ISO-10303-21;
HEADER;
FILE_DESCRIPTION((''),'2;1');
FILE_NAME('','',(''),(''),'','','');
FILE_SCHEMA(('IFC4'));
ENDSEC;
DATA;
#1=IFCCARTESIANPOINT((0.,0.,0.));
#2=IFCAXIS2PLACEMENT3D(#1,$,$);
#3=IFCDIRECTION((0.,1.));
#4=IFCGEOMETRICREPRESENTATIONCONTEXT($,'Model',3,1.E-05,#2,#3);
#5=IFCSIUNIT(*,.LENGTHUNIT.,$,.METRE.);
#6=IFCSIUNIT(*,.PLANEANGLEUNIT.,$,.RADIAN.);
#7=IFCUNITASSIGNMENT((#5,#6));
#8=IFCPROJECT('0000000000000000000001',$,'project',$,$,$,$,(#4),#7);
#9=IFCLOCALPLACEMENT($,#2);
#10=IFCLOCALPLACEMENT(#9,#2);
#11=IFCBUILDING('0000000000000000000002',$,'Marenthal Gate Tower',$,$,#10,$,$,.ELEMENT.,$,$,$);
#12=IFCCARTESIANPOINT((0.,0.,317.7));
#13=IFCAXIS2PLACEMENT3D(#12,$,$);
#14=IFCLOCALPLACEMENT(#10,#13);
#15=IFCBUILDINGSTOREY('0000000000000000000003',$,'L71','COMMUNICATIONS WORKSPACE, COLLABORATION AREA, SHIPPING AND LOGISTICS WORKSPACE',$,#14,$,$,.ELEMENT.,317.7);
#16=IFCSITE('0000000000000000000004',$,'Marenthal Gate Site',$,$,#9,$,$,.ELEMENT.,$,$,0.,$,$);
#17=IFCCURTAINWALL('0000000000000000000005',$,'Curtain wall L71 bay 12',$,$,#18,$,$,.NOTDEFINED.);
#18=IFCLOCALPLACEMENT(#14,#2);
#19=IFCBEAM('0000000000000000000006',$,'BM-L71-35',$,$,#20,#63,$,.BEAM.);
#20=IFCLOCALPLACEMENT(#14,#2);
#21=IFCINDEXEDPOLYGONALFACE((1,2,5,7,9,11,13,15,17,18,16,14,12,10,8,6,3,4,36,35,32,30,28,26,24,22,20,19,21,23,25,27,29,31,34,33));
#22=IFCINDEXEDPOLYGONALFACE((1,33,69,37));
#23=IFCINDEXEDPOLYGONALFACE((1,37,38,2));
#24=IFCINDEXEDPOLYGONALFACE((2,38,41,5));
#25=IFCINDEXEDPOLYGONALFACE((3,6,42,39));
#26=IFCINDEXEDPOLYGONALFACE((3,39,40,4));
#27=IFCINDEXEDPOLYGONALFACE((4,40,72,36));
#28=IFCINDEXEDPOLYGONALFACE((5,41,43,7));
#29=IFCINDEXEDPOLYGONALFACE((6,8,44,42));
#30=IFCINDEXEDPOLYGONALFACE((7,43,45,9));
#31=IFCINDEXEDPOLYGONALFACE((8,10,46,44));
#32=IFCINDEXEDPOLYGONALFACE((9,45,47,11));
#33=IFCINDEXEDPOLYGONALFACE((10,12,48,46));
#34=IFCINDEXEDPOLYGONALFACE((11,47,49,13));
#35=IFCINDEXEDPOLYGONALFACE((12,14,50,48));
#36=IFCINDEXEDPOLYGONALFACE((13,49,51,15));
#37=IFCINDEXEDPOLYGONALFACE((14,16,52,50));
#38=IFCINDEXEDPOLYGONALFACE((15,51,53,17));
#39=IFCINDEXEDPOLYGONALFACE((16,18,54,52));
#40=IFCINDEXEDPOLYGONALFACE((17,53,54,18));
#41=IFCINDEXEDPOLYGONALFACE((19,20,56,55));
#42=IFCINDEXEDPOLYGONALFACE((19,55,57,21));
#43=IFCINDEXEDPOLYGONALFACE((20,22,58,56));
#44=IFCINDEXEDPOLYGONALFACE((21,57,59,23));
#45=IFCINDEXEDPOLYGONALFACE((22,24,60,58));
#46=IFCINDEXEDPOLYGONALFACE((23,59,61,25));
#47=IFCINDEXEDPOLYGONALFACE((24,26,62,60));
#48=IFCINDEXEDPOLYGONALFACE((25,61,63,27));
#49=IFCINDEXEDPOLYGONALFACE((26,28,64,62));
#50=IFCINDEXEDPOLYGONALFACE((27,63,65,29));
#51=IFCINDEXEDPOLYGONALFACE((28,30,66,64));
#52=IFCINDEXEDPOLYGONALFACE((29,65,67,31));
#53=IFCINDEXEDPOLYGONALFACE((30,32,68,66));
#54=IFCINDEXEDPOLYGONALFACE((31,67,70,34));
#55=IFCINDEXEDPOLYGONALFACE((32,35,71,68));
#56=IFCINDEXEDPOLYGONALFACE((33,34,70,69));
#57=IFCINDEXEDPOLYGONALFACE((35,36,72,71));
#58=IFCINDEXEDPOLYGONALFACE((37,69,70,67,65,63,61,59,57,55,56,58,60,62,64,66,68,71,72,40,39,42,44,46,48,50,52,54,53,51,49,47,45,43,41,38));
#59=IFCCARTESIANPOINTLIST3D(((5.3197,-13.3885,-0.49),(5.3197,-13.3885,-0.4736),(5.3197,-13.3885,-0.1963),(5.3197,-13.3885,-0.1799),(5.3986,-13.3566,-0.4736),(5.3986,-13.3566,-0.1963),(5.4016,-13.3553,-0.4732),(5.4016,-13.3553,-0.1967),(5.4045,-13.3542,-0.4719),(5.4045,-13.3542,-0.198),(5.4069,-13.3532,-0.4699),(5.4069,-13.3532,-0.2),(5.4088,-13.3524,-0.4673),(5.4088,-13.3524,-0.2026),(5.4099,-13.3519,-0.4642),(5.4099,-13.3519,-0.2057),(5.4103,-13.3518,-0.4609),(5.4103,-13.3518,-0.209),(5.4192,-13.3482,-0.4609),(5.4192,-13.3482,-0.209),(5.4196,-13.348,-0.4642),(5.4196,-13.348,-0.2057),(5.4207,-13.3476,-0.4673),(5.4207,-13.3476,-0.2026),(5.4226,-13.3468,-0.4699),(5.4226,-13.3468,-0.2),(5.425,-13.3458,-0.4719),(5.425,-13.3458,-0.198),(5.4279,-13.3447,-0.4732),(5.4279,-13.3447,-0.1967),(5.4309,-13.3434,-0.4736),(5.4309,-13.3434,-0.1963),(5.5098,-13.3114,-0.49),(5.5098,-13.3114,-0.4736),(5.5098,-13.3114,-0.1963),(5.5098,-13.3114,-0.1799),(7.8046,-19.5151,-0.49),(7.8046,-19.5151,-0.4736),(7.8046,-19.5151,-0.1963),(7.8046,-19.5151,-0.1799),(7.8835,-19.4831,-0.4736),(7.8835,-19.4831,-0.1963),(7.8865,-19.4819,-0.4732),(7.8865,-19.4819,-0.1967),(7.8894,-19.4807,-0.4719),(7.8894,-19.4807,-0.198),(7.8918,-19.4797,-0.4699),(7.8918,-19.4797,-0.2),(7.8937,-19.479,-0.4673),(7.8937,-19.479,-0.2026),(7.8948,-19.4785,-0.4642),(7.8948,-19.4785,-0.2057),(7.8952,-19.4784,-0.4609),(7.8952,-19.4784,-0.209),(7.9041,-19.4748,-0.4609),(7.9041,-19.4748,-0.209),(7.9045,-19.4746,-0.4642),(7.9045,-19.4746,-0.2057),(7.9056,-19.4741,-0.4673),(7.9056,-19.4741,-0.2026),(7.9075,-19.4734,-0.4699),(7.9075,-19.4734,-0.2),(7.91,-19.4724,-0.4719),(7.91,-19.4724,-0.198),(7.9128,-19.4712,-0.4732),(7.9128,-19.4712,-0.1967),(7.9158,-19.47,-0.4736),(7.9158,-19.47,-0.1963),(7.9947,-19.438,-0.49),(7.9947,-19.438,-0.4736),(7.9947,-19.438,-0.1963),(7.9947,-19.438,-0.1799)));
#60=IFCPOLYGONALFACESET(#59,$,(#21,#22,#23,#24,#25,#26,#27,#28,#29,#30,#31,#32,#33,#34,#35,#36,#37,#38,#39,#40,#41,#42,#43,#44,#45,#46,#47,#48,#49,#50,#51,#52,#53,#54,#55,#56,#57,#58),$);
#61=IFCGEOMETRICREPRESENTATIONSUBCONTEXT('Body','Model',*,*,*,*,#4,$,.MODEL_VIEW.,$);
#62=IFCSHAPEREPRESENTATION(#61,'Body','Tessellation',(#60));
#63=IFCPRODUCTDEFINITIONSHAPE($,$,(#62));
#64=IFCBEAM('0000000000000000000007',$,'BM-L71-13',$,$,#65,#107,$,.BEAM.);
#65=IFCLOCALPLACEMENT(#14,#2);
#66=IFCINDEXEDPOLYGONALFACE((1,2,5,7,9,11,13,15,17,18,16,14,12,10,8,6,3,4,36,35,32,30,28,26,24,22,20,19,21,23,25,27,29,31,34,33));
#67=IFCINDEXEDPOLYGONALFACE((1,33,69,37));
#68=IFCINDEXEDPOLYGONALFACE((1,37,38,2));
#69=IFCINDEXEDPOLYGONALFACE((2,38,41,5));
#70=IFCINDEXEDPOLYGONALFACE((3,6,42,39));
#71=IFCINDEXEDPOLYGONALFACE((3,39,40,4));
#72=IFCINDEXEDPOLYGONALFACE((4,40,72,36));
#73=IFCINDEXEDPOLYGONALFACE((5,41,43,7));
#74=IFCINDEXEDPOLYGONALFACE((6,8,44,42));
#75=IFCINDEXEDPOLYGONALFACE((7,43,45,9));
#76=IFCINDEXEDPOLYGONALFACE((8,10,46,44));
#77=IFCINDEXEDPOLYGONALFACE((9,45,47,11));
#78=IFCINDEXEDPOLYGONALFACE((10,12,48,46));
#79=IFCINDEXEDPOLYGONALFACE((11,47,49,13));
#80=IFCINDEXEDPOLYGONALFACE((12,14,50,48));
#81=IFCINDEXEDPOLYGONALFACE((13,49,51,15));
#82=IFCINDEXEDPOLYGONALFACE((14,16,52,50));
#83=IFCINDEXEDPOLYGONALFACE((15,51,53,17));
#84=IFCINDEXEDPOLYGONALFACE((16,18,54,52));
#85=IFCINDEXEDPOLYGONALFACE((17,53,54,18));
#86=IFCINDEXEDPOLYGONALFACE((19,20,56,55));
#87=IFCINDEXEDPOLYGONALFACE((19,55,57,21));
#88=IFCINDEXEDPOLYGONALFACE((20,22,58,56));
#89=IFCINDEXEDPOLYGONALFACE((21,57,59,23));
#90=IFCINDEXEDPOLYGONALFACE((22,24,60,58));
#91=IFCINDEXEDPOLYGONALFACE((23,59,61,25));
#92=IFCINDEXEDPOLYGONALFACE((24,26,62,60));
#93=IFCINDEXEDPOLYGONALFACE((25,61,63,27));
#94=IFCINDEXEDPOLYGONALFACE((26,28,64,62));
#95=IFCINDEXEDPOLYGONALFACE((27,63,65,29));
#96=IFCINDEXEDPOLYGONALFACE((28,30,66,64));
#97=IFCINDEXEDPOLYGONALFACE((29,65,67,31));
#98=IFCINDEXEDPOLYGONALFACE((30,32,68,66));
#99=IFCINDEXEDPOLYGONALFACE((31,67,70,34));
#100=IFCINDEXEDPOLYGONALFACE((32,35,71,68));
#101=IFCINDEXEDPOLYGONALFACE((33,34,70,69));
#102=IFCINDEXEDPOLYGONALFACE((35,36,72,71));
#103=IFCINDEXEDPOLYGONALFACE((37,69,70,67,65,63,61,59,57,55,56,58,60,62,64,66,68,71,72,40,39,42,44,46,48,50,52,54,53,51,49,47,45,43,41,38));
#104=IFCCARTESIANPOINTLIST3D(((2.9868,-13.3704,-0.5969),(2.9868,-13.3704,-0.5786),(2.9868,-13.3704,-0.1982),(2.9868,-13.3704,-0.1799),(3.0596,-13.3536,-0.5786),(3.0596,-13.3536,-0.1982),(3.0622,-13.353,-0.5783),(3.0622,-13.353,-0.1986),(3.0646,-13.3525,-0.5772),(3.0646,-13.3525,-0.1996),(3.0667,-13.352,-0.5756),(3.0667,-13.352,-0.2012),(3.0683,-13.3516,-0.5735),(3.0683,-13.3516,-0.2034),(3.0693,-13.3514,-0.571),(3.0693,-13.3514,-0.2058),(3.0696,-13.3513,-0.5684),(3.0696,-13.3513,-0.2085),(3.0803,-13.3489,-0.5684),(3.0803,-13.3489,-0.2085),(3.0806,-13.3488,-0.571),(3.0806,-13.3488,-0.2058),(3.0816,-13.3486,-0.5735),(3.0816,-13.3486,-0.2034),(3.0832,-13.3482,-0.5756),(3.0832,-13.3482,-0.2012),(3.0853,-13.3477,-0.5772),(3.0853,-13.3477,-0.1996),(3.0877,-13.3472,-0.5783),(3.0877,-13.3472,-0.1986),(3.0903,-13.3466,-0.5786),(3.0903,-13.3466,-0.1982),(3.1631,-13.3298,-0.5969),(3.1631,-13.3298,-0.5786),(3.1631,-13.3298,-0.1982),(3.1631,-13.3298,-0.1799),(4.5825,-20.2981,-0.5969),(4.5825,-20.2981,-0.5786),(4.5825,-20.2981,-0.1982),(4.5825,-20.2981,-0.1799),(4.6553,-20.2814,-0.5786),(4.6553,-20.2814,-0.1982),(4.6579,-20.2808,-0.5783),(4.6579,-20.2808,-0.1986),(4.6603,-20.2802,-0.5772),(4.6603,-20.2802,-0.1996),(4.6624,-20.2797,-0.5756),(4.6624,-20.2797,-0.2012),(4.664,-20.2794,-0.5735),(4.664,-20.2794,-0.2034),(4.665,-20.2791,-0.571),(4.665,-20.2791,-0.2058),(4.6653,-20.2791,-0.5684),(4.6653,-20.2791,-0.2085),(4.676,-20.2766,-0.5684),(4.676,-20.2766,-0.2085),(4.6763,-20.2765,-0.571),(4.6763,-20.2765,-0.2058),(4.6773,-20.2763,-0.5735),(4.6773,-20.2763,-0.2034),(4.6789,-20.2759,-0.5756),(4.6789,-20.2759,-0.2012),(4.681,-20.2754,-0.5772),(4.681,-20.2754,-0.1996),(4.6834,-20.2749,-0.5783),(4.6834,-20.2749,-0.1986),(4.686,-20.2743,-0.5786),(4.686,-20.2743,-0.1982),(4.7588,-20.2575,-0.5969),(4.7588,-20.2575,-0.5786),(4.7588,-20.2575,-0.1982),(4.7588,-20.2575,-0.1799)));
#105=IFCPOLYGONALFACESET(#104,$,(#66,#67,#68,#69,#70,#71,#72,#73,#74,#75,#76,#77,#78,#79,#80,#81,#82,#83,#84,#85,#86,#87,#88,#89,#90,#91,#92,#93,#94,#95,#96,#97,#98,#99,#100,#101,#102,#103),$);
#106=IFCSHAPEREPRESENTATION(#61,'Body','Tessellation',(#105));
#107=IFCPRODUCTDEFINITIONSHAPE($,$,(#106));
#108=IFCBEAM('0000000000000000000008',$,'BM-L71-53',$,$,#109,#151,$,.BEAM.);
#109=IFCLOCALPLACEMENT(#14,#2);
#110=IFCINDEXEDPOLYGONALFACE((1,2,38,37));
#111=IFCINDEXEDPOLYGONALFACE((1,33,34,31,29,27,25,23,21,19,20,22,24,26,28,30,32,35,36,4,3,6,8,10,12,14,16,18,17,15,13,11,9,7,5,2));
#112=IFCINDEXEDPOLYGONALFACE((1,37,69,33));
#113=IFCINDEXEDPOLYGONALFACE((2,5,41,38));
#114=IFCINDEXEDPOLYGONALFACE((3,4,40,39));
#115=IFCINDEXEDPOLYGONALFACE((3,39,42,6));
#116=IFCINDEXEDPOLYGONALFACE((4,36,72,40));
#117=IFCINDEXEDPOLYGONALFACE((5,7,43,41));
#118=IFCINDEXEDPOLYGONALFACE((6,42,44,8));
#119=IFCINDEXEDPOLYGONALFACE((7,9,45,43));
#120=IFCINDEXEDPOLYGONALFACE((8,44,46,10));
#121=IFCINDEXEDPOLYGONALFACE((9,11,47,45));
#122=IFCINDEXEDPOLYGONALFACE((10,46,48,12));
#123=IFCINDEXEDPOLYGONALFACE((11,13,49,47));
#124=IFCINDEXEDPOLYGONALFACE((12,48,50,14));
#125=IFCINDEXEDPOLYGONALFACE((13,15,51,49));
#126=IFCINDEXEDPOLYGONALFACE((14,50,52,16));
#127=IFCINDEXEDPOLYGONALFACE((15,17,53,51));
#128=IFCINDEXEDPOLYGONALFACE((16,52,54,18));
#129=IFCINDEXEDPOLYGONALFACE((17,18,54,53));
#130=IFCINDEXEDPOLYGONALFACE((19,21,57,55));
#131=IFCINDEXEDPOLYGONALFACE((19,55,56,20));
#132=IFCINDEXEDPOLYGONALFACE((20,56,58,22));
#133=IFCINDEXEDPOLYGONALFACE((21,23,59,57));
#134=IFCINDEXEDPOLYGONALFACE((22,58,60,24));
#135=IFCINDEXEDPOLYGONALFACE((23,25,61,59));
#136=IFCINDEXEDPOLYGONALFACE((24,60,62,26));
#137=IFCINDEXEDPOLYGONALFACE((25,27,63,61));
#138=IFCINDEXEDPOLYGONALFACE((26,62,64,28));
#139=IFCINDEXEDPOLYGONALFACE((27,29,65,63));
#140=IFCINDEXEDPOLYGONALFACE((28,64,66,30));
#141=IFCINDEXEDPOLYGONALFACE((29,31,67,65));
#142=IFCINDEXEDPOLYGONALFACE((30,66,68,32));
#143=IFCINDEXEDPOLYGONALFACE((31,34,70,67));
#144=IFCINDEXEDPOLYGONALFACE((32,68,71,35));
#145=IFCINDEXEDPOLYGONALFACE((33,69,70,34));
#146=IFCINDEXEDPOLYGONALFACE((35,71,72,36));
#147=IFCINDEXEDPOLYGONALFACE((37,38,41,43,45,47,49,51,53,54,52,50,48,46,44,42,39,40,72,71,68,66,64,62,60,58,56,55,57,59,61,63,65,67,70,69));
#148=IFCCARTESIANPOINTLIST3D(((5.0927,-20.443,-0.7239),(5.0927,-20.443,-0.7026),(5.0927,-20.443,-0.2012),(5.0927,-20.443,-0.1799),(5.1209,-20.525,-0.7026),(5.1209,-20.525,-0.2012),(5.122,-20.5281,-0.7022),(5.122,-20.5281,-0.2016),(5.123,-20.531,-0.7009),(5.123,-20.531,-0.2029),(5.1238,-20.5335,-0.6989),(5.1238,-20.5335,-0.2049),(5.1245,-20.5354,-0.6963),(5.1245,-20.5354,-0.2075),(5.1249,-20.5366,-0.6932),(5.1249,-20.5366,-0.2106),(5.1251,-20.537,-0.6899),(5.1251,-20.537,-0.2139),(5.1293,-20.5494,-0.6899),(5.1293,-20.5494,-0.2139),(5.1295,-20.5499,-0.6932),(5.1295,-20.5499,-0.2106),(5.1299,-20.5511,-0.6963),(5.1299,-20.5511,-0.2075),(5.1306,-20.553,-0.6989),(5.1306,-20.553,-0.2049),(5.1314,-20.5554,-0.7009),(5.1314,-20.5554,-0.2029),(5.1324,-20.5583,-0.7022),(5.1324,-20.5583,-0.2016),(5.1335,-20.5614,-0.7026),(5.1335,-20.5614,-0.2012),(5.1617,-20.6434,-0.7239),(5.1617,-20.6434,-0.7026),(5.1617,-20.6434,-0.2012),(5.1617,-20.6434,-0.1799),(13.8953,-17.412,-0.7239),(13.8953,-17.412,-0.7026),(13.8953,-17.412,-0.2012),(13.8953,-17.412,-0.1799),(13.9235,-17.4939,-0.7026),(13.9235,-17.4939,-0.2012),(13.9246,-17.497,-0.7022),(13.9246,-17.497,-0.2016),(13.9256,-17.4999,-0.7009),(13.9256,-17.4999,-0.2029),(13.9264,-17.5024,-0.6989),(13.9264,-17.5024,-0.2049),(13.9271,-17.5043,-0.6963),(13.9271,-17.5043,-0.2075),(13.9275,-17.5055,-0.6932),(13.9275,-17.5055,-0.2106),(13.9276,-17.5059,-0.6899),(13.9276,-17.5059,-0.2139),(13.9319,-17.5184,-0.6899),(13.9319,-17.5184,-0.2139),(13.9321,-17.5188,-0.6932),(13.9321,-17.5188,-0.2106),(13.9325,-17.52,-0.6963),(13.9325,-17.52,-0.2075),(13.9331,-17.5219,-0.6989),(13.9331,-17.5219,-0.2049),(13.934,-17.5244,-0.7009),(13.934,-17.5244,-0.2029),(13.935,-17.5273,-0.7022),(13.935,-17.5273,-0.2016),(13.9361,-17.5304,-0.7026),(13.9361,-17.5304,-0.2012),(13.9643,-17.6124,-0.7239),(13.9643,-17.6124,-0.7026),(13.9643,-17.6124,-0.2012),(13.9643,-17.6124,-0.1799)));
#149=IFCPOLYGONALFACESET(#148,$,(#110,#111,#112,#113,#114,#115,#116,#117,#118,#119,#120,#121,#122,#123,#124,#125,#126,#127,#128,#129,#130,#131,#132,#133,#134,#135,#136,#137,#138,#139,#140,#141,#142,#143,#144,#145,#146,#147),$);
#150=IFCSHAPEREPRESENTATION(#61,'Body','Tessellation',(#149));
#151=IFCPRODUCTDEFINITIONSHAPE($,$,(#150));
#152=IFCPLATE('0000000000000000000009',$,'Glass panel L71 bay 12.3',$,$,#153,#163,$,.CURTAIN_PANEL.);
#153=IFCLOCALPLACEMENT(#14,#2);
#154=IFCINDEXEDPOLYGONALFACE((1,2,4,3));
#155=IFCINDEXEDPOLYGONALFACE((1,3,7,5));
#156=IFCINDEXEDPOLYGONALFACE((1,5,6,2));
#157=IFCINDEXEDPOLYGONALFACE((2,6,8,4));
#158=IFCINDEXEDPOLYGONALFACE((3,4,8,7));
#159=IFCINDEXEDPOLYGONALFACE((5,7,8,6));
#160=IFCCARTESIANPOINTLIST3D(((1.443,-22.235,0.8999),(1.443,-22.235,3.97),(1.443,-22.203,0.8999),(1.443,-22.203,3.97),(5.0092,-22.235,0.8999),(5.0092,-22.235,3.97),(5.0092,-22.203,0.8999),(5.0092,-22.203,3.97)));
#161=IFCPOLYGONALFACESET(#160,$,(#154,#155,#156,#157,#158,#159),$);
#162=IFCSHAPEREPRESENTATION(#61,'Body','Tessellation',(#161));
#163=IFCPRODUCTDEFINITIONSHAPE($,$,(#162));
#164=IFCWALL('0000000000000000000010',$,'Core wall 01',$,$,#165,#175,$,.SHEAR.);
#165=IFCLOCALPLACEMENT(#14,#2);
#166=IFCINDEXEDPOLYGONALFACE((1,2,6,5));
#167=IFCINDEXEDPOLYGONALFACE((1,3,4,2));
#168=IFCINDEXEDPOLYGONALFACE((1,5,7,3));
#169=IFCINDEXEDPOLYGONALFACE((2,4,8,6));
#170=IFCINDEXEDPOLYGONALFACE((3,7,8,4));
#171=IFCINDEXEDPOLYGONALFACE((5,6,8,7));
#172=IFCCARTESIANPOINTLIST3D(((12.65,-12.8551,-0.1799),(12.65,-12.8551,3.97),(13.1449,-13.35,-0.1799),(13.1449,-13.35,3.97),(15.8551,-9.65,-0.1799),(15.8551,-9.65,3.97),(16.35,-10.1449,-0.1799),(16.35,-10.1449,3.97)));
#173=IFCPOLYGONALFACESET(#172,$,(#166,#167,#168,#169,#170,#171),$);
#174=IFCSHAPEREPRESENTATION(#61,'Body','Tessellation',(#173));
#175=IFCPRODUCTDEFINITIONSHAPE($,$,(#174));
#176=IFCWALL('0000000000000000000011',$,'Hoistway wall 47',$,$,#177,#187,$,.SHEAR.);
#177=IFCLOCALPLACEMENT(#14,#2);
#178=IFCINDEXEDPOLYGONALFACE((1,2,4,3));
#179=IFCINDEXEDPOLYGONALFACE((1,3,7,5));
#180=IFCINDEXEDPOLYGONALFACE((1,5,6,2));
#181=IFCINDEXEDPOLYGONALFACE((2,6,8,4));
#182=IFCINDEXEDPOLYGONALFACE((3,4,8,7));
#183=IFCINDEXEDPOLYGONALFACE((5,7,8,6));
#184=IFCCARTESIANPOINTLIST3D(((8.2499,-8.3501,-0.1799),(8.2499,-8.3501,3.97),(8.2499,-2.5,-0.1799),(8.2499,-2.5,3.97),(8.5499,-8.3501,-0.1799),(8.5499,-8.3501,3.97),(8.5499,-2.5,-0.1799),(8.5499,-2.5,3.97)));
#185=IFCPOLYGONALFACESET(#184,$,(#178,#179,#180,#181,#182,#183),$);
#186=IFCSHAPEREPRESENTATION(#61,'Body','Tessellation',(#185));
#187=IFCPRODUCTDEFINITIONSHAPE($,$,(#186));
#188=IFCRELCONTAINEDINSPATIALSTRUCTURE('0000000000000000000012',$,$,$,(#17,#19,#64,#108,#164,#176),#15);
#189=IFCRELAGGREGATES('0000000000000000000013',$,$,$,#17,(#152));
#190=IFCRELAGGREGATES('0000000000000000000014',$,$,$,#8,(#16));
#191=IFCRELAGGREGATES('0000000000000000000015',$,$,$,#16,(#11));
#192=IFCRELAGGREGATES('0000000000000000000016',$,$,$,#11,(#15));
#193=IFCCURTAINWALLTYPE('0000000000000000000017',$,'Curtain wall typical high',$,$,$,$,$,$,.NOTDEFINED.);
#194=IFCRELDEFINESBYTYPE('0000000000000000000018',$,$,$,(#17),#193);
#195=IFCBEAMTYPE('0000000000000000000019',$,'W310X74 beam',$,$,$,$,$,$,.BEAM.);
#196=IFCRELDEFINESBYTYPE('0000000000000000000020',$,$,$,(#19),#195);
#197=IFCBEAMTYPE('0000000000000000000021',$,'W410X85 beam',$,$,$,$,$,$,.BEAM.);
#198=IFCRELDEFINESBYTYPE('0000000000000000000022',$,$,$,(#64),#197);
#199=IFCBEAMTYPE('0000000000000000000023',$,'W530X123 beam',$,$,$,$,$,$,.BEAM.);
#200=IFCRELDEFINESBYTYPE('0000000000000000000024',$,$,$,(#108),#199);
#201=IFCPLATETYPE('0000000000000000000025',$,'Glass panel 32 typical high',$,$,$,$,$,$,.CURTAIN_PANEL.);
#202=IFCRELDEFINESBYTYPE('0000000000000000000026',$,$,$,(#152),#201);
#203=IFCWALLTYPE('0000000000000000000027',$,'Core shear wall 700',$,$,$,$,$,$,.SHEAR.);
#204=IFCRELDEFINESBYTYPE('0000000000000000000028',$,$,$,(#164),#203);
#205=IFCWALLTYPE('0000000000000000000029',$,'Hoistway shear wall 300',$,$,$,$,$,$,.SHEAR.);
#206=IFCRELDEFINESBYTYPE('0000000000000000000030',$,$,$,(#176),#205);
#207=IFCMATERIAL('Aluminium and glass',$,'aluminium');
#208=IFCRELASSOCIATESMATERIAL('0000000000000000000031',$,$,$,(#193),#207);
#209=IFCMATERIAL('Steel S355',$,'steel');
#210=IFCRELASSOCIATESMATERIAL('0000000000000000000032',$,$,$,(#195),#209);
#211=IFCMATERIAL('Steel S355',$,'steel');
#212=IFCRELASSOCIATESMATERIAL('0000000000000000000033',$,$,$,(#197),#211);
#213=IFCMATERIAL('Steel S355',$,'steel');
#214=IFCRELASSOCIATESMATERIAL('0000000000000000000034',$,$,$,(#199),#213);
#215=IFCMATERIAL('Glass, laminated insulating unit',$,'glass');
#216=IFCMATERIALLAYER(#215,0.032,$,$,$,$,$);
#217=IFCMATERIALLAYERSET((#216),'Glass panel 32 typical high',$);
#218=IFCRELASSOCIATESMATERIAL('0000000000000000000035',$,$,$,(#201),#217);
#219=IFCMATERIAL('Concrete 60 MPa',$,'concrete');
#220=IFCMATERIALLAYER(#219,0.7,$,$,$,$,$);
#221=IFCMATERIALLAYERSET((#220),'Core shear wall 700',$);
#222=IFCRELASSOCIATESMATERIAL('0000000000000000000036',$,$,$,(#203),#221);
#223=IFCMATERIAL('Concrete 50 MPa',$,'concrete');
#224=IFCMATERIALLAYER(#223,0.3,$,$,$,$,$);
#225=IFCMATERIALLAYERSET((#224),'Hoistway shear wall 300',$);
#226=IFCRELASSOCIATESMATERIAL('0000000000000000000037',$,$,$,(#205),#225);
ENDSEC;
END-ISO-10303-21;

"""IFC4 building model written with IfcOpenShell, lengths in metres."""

from ifc_helpers import new_model, si_unit, direction, frame, frame_2d, origin, origin_2d, place, context, subcontext, project, spatial, rectangle, i_section, extrude, material, layer, layer_set, material_profile, profile_set, type_object, element, aggregate, save


model = new_model("IFC4")

# Units and contexts
model_context = context("Model", 3, precision=1e-05, world=origin(), true_north=direction((0.0, 1.0)))
body_context = subcontext(model_context, "Body", "Model", "MODEL_VIEW")
ifc_project = project(units=[si_unit("LENGTHUNIT", "METRE"), si_unit("PLANEANGLEUNIT", "RADIAN")], contexts=[model_context])

# Site, building, storey
site_placement = place(None, origin())
site = spatial("IfcSite", under=ifc_project, at=site_placement, Name="Marenthal Gate Site", CompositionType="ELEMENT", RefElevation=0.0)
building_placement = place(site_placement, origin())
building = spatial("IfcBuilding", under=site, at=building_placement, Name="Marenthal Gate Tower", CompositionType="ELEMENT")
storey_placement = place(building_placement, frame((0.0, 0.0, 317.7)))
storey = spatial("IfcBuildingStorey", under=building, at=storey_placement, Name="L71", Description="COMMUNICATIONS WORKSPACE, COLLABORATION AREA, SHIPPING AND LOGISTICS WORKSPACE", CompositionType="ELEMENT", Elevation=317.7)

# Curtain wall
ifc_material_1 = material(Name="Aluminium and glass", Category="aluminium")
curtain_wall_type = type_object("IfcCurtainWallType", Name="Curtain wall typical high", PredefinedType="NOTDEFINED", material=ifc_material_1)
curtain_wall_placement = place(storey_placement, origin())
curtain_wall = element("IfcCurtainWall", 1, at=curtain_wall_placement, inside=storey, type_object=curtain_wall_type, Name="Curtain wall L71 bay 12", PredefinedType="NOTDEFINED")

# Beams
ifc_material_2 = material(Name="Steel S355", Category="steel")
ifc_material_profile_1 = material_profile(ifc_material_2, i_section(OverallWidth=0.2051, OverallDepth=0.3101, WebThickness=0.0095, FlangeThickness=0.0164, FilletRadius=0.0127, at=origin_2d()), Name="W310X74")
ifc_profile_set_1 = profile_set([ifc_material_profile_1], Name="Steel S355")
beam_type_1 = type_object("IfcBeamType", Name="W310X74 beam", PredefinedType="BEAM", material=ifc_profile_set_1)
beam_1_placement = place(storey_placement, frame((7.8997, -19.4766, -0.335), z_axis=(-0.375856, 0.926678, 0.0), x_axis=(-0.926678, -0.375856, 0.0)))
element("IfcBeam", 2, at=beam_1_placement, inside=storey, type_object=beam_type_1, Name="BM-L71-35", PredefinedType="BEAM", context=body_context, shape_type="SweptSolid", body=[
    extrude(i_section(OverallWidth=0.2051, OverallDepth=0.3101, WebThickness=0.0095, FlangeThickness=0.0164, FilletRadius=0.0127, at=origin_2d()), origin(), (0.0, 0.0, 1.0), 6.6113),
])
ifc_material_3 = material(Name="Steel S355", Category="steel")
ifc_material_profile_2 = material_profile(ifc_material_3, i_section(OverallWidth=0.1809, OverallDepth=0.417, WebThickness=0.011, FlangeThickness=0.0183, FilletRadius=0.0103, at=origin_2d()), Name="W410X85")
ifc_profile_set_2 = profile_set([ifc_material_profile_2], Name="Steel S355")
beam_type_2 = type_object("IfcBeamType", Name="W410X85 beam", PredefinedType="BEAM", material=ifc_profile_set_2)
beam_2_placement = place(storey_placement, frame((4.6707, -20.2778, -0.3884), z_axis=(-0.224458, 0.974484, 0.0), x_axis=(-0.974484, -0.224458, 0.0)))
element("IfcBeam", 3, at=beam_2_placement, inside=storey, type_object=beam_type_2, Name="BM-L71-13", PredefinedType="BEAM", context=body_context, shape_type="SweptSolid", body=[
    extrude(i_section(OverallWidth=0.1809, OverallDepth=0.417, WebThickness=0.011, FlangeThickness=0.0183, FilletRadius=0.0103, at=origin_2d()), origin(), (0.0, 0.0, 1.0), 7.1091),
])
ifc_material_4 = material(Name="Steel S355", Category="steel")
ifc_material_profile_3 = material_profile(ifc_material_4, i_section(OverallWidth=0.2119, OverallDepth=0.5439, WebThickness=0.0132, FlangeThickness=0.0212, FilletRadius=0.0127, at=origin_2d()), Name="W530X123")
ifc_profile_set_3 = profile_set([ifc_material_profile_3], Name="Steel S355")
beam_type_3 = type_object("IfcBeamType", Name="W530X123 beam", PredefinedType="BEAM", material=ifc_profile_set_3)
beam_3_placement = place(storey_placement, frame((5.1272, -20.5432, -0.4519), z_axis=(0.945516, 0.325574, 0.0), x_axis=(-0.325574, 0.945516, 0.0)))
element("IfcBeam", 4, at=beam_3_placement, inside=storey, type_object=beam_type_3, Name="BM-L71-53", PredefinedType="BEAM", context=body_context, shape_type="SweptSolid", body=[
    extrude(i_section(OverallWidth=0.2119, OverallDepth=0.5439, WebThickness=0.0132, FlangeThickness=0.0212, FilletRadius=0.0127, at=origin_2d()), origin(), (0.0, 0.0, 1.0), 9.3098),
])

# Plate
ifc_material_5 = material(Name="Glass, laminated insulating unit", Category="glass")
ifc_layer_1 = layer(ifc_material_5, 0.032)
ifc_layer_set_1 = layer_set([ifc_layer_1], Name="Glass panel 32 typical high")
plate_type = type_object("IfcPlateType", Name="Glass panel 32 typical high", PredefinedType="CURTAIN_PANEL", material=ifc_layer_set_1)
plate_placement = place(storey_placement, frame((3.2261, -22.219, 0.8999), z_axis=(0.0, 0.0, 1.0), x_axis=(1.0, 0.0, 0.0)))
plate = element("IfcPlate", 5, at=plate_placement, type_object=plate_type, Name="Glass panel L71 bay 12.3", PredefinedType="CURTAIN_PANEL", context=body_context, shape_type="SweptSolid", body=[
    extrude(rectangle(XDim=3.5662, YDim=0.032, at=origin_2d()), origin(), (0.0, 0.0, 1.0), 3.0701),
])
aggregate(curtain_wall, [plate])

# Walls
ifc_material_6 = material(Name="Concrete 60 MPa", Category="concrete")
ifc_layer_2 = layer(ifc_material_6, 0.7)
ifc_layer_set_2 = layer_set([ifc_layer_2], Name="Core shear wall 700")
wall_type_1 = type_object("IfcWallType", Name="Core shear wall 700", PredefinedType="SHEAR", material=ifc_layer_set_2)
wall_1_placement = place(storey_placement, frame((12.8975, -13.1025, -0.1799), z_axis=(0.0, 0.0, 1.0), x_axis=(0.707107, 0.707107, 0.0)))
element("IfcWall", 6, at=wall_1_placement, inside=storey, type_object=wall_type_1, Name="Core wall 01", PredefinedType="SHEAR", context=body_context, shape_type="SweptSolid", body=[
    extrude(rectangle(XDim=4.5327, YDim=0.7, at=frame_2d((2.2664, 0.0))), origin(), (0.0, 0.0, 1.0), 4.1499),
])
ifc_material_7 = material(Name="Concrete 50 MPa", Category="concrete")
ifc_layer_3 = layer(ifc_material_7, 0.3)
ifc_layer_set_3 = layer_set([ifc_layer_3], Name="Hoistway shear wall 300")
wall_type_2 = type_object("IfcWallType", Name="Hoistway shear wall 300", PredefinedType="SHEAR", material=ifc_layer_set_3)
wall_2_placement = place(storey_placement, frame((8.3999, -8.3501, -0.1799), z_axis=(0.0, 0.0, 1.0), x_axis=(0.0, 1.0, 0.0)))
element("IfcWall", 7, at=wall_2_placement, inside=storey, type_object=wall_type_2, Name="Hoistway wall 47", PredefinedType="SHEAR", context=body_context, shape_type="SweptSolid", body=[
    extrude(rectangle(XDim=5.8501, YDim=0.3, at=frame_2d((2.925, 0.0))), origin(), (0.0, 0.0, 1.0), 4.1499),
])

save(model, "model.ifc")
